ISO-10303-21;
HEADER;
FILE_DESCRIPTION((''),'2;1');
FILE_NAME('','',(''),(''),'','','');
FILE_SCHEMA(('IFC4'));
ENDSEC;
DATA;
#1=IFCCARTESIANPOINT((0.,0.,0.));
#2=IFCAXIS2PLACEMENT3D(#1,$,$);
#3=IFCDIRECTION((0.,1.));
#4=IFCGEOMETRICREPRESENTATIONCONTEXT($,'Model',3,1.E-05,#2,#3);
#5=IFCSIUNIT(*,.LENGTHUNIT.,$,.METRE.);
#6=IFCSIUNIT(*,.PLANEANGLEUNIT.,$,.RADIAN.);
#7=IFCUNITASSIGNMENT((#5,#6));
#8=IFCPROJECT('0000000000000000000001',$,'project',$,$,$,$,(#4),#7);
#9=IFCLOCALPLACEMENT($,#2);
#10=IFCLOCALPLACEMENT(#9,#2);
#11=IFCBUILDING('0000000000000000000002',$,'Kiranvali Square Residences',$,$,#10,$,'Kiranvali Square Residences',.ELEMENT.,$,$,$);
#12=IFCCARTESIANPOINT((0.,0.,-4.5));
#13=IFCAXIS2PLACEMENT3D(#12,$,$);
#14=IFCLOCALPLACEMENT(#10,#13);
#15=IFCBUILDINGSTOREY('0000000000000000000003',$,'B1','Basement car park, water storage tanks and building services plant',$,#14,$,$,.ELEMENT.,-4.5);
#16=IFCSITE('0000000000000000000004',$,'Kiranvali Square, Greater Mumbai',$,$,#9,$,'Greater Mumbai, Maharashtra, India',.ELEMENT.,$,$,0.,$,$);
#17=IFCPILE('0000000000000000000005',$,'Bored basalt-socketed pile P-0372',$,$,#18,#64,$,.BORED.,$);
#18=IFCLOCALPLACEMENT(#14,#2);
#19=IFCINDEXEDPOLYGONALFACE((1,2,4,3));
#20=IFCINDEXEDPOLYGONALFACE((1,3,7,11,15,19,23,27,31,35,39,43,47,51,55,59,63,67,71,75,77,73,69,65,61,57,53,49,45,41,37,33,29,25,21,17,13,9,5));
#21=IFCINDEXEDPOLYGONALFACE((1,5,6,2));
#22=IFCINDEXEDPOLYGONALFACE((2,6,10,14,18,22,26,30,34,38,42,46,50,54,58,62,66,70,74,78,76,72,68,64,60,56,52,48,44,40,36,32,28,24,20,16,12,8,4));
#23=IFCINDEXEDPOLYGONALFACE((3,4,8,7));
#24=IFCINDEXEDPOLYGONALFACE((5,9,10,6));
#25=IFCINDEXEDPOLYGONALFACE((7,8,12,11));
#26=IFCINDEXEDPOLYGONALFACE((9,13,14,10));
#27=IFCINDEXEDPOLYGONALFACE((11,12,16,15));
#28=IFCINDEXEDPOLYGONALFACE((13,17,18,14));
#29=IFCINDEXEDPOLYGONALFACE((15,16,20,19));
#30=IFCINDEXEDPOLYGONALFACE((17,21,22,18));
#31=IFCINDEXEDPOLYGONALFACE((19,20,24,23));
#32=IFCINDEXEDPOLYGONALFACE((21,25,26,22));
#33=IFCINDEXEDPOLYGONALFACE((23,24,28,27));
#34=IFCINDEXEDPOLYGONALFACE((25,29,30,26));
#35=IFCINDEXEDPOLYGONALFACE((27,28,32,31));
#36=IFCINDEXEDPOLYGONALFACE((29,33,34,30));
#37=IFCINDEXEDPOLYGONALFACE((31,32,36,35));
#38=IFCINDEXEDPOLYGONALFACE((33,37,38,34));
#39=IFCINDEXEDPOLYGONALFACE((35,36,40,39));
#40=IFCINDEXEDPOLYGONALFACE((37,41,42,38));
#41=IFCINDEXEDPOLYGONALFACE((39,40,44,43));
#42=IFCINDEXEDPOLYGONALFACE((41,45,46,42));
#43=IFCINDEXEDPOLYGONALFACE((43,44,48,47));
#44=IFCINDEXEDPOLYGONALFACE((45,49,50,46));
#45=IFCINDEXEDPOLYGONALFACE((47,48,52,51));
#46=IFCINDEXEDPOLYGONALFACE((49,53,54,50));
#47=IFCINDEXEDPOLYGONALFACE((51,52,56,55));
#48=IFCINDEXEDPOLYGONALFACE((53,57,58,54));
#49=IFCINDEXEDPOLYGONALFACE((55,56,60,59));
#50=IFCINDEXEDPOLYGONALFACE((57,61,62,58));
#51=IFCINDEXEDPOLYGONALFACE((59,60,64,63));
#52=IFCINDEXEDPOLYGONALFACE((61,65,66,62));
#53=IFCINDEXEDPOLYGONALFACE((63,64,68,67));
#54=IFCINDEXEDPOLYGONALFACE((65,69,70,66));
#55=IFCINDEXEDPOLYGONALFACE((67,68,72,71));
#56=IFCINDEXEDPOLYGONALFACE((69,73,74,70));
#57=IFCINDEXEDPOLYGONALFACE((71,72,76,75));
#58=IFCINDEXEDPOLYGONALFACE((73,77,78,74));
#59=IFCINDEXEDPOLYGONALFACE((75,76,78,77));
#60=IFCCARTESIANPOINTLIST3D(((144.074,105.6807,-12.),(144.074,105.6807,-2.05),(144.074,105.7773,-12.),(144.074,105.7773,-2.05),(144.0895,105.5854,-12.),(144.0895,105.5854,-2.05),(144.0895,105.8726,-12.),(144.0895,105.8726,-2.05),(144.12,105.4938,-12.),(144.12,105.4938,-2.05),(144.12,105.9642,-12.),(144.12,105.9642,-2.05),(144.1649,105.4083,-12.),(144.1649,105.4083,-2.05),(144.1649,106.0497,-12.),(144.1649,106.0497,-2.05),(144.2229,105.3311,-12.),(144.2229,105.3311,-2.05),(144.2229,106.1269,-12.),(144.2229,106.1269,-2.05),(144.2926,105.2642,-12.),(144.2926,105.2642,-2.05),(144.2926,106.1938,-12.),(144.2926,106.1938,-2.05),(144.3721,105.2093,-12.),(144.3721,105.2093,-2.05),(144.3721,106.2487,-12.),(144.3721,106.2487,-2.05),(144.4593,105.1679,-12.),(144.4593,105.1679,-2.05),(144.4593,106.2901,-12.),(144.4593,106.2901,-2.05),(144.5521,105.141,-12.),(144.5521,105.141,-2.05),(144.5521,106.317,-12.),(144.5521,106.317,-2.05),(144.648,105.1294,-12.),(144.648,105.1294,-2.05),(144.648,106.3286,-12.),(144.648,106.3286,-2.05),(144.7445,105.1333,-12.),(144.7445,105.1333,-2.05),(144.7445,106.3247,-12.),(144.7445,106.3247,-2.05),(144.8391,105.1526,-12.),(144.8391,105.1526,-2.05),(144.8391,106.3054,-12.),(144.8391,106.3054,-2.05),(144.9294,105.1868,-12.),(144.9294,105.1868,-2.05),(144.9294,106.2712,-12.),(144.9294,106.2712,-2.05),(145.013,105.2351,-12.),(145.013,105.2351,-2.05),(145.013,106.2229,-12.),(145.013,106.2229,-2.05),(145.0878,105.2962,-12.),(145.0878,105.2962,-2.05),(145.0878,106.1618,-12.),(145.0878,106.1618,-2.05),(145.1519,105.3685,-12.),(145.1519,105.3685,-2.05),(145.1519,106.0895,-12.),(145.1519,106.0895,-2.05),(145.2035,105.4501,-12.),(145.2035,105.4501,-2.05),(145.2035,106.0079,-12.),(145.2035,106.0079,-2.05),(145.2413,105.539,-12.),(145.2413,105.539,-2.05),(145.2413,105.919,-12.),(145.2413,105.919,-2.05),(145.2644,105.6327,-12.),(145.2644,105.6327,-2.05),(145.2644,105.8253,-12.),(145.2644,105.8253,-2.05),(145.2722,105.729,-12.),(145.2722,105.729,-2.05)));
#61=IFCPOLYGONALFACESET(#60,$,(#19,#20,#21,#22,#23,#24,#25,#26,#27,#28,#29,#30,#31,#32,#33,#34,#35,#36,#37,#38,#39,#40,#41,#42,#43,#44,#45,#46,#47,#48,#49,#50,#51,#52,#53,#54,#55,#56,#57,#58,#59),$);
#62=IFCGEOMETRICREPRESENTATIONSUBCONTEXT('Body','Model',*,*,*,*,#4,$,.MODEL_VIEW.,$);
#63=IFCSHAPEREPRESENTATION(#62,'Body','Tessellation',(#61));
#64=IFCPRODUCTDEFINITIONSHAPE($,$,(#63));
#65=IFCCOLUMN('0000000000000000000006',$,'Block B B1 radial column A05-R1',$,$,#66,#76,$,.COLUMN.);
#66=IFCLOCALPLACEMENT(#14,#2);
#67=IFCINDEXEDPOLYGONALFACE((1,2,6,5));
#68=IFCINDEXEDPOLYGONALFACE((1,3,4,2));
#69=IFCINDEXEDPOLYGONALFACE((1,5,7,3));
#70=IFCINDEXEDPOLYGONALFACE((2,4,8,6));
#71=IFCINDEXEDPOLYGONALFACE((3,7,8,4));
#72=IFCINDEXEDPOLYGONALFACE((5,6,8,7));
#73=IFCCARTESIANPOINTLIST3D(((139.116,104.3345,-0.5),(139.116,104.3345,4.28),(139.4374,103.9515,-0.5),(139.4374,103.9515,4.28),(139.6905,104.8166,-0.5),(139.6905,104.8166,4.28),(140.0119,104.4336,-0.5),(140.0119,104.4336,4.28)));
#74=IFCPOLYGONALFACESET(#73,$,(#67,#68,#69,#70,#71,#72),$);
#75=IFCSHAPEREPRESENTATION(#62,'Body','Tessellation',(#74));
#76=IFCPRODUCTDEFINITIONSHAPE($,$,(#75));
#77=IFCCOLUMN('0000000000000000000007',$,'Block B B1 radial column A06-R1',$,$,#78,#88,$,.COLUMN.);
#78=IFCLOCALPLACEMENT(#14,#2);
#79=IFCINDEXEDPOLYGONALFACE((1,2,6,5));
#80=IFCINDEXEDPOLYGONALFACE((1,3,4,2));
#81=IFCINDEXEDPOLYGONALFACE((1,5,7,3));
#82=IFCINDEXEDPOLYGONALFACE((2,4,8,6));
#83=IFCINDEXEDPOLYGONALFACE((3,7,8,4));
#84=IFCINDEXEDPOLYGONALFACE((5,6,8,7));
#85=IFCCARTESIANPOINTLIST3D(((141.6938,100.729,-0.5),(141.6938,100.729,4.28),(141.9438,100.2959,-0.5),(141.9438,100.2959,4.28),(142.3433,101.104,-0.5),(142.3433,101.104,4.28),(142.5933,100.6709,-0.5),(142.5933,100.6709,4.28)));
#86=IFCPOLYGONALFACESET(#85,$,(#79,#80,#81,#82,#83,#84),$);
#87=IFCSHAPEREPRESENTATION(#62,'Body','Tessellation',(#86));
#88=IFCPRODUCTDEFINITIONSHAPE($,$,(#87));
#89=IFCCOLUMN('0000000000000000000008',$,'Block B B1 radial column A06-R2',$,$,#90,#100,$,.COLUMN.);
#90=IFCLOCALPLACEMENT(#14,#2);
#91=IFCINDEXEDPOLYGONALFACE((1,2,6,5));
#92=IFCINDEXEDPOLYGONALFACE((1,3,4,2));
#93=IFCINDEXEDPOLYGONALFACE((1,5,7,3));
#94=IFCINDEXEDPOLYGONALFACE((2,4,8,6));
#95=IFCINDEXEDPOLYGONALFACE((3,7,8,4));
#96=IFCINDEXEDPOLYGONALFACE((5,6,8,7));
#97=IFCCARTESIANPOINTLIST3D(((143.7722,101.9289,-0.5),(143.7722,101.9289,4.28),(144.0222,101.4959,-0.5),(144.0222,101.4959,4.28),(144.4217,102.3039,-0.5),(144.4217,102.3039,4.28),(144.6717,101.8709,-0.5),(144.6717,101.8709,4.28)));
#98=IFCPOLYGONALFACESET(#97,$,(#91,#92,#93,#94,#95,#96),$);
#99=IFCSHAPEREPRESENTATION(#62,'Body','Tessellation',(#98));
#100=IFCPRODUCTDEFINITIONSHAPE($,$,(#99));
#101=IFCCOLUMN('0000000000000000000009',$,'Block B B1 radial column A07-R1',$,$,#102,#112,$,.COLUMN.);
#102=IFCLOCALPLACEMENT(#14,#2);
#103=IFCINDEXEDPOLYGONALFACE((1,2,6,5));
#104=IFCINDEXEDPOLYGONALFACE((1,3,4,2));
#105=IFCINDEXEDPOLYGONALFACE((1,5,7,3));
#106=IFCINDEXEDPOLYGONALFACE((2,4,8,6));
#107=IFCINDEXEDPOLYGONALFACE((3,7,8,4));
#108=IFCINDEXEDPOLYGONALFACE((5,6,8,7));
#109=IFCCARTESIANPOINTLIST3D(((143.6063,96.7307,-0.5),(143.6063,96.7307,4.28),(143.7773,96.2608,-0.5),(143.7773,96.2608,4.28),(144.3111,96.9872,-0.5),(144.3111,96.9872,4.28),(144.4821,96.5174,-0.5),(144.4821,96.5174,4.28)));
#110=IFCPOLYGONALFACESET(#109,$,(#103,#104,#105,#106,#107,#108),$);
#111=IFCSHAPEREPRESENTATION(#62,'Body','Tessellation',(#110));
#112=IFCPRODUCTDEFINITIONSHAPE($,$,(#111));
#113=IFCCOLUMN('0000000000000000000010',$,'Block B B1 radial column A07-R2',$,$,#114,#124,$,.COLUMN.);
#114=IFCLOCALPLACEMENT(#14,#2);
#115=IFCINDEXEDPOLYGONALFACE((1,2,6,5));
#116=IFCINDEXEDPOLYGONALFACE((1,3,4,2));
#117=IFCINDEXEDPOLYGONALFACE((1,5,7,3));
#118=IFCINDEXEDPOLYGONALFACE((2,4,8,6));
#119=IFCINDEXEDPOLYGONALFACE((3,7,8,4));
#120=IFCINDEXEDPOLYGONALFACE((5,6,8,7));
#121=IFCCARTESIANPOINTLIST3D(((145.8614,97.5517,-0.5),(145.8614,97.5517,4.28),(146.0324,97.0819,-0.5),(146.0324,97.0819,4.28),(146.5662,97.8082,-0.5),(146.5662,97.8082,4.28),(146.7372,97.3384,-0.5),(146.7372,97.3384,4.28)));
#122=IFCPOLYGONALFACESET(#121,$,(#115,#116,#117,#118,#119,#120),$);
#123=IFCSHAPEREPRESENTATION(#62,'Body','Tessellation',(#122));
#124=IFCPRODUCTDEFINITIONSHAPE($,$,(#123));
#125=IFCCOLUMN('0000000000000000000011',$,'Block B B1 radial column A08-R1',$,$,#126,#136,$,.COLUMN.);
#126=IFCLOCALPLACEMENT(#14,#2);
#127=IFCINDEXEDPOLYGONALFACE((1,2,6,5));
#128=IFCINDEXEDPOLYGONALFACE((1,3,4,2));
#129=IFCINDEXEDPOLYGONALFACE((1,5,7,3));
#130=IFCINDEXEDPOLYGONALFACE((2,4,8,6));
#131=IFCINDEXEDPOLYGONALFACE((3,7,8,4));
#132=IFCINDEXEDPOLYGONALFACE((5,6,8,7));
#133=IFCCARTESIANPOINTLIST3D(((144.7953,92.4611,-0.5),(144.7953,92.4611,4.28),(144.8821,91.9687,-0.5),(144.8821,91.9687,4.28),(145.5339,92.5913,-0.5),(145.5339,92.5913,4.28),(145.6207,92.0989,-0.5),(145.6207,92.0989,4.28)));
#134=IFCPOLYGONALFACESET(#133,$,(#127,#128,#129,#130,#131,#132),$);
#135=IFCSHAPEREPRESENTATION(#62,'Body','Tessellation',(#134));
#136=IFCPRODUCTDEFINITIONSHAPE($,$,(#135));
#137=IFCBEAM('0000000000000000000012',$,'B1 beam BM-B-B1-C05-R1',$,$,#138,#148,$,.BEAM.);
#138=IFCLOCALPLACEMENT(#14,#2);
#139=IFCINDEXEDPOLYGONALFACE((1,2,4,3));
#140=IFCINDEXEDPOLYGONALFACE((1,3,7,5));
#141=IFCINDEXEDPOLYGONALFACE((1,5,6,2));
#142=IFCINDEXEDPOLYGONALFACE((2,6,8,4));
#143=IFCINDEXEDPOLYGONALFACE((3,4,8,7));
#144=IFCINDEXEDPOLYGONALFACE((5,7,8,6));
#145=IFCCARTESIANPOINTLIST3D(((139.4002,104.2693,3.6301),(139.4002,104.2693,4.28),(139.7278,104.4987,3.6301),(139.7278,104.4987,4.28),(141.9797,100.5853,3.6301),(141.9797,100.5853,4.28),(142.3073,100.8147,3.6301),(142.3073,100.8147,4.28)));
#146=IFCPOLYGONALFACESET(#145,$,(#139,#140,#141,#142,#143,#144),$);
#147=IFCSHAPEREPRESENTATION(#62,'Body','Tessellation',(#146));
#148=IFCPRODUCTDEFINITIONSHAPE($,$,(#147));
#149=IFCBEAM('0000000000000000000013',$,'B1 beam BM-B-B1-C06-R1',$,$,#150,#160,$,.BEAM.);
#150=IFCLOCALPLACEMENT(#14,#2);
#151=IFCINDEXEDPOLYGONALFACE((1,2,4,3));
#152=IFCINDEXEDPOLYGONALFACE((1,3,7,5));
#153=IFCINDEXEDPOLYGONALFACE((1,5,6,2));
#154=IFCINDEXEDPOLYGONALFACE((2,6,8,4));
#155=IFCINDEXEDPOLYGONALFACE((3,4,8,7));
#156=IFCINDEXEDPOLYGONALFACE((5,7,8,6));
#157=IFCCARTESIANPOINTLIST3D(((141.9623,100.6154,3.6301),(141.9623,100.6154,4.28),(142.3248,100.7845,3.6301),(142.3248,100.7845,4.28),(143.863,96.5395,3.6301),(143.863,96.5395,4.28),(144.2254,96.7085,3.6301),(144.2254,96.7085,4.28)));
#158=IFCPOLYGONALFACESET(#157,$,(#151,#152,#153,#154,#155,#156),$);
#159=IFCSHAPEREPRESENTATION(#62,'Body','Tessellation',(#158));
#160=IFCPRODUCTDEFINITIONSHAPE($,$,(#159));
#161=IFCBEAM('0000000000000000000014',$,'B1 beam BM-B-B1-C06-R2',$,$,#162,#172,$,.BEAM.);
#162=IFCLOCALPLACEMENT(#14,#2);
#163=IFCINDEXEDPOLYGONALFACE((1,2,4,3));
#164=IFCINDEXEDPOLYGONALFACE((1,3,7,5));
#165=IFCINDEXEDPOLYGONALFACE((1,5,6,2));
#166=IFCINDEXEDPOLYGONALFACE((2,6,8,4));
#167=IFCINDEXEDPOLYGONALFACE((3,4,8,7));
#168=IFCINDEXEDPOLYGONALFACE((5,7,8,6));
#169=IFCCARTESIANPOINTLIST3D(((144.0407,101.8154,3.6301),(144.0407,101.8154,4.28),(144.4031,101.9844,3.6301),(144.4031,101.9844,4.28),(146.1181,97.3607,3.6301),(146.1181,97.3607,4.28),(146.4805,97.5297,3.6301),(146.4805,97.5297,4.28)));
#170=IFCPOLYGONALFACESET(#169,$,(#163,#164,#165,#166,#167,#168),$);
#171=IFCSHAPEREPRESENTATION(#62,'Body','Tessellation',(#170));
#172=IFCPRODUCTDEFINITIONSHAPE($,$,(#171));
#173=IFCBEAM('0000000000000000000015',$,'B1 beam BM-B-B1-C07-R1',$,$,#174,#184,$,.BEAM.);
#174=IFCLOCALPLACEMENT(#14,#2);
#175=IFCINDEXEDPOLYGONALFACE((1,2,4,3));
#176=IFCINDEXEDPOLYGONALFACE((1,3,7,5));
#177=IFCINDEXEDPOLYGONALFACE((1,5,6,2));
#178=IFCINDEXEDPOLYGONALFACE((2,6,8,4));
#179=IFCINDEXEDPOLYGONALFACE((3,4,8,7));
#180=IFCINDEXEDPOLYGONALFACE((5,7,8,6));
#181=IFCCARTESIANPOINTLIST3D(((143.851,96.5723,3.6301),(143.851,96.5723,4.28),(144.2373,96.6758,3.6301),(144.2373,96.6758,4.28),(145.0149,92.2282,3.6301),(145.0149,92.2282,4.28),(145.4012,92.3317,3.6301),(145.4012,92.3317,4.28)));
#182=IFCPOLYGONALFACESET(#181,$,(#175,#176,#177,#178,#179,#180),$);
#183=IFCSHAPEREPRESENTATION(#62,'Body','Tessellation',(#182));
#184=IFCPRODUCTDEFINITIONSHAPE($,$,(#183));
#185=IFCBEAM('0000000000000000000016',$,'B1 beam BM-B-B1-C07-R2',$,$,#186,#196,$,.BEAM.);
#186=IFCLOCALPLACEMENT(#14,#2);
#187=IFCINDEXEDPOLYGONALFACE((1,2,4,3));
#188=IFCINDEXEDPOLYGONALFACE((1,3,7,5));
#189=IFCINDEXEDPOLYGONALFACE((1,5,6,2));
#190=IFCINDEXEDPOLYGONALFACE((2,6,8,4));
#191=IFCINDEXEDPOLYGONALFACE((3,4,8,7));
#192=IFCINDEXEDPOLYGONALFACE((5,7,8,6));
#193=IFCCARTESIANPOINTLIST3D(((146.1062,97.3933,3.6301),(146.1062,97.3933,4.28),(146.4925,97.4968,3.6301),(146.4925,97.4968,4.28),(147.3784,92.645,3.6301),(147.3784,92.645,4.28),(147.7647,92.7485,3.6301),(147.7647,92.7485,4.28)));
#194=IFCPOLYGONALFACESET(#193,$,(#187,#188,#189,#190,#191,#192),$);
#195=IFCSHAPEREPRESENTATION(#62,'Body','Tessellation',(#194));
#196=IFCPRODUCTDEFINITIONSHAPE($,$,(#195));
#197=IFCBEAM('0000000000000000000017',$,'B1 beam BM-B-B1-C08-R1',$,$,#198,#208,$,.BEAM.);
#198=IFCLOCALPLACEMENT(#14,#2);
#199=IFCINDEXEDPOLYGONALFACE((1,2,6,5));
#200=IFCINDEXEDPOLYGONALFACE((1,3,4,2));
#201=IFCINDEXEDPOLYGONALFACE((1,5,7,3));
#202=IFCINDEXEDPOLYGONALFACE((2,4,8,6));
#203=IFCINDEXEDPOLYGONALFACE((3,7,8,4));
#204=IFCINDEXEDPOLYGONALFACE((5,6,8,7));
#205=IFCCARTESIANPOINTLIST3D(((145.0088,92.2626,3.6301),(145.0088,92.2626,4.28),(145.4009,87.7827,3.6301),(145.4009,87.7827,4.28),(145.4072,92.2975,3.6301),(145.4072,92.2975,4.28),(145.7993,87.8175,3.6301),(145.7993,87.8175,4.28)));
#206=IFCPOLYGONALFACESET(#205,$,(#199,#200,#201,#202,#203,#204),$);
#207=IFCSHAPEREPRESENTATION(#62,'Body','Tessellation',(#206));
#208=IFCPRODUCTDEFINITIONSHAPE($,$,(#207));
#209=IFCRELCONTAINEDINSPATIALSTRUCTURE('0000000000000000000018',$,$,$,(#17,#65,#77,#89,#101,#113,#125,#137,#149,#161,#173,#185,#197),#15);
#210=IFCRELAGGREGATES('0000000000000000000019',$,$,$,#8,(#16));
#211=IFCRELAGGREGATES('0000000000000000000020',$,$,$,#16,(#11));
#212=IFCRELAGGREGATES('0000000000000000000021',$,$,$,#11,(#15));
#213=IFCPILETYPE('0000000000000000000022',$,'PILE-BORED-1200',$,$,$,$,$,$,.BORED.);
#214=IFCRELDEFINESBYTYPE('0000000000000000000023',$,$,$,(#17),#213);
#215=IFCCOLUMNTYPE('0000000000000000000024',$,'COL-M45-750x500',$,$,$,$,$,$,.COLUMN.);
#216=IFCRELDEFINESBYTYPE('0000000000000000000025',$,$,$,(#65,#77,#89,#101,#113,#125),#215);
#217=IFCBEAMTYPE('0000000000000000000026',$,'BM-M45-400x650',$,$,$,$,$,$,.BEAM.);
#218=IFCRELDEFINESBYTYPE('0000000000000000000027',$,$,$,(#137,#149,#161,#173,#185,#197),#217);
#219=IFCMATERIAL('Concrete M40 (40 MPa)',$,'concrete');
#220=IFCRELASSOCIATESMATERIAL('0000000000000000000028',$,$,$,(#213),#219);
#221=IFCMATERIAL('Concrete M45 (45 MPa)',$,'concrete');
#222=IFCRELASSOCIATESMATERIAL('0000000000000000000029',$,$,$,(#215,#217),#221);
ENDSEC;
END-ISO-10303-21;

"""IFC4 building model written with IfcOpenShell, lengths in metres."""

from ifc_helpers import new_model, si_unit, direction, frame, origin, origin_2d, place, context, subcontext, project, spatial, rectangle, circle, extrude, material, material_profile, profile_set, type_object, element, save


model = new_model("IFC4")

# Units and contexts
model_context = context("Model", 3, precision=1e-05, world=origin(), true_north=direction((0.0, 1.0)))
body_context = subcontext(model_context, "Body", "Model", "MODEL_VIEW")
ifc_project = project(units=[si_unit("LENGTHUNIT", "METRE"), si_unit("PLANEANGLEUNIT", "RADIAN")], contexts=[model_context])

# Site, building, storey
site_placement = place(None, origin())
site = spatial("IfcSite", under=ifc_project, at=site_placement, Name="Kiranvali Square, Greater Mumbai", LongName="Greater Mumbai, Maharashtra, India", CompositionType="ELEMENT", RefElevation=0.0)
building_placement = place(site_placement, origin())
building = spatial("IfcBuilding", under=site, at=building_placement, Name="Kiranvali Square Residences", LongName="Kiranvali Square Residences", CompositionType="ELEMENT")
storey_placement = place(building_placement, frame((0.0, 0.0, -4.5)))
storey = spatial("IfcBuildingStorey", under=building, at=storey_placement, Name="B1", Description="Basement car park, water storage tanks and building services plant", CompositionType="ELEMENT", Elevation=-4.5)

# Shared definitions
ifc_material_1 = material(Name="Concrete M40 (40 MPa)", Category="concrete")

# Pile
ifc_material_profile_1 = material_profile(ifc_material_1, circle(Radius=0.6001, at=origin_2d()), Name="BORED PILE 1200")
ifc_profile_set_1 = profile_set([ifc_material_profile_1], Name="Concrete M40 (40 MPa)")
pile_type = type_object("IfcPileType", Name="PILE-BORED-1200", PredefinedType="BORED", material=ifc_profile_set_1)
for number, where, z_axis, x_axis, name in (
    (1, (144.6721, 105.729, -2.05), (0.0, 0.0, -1.0), (1.0, 0.0, 0.0), "Bored basalt-socketed pile P-0372"),
):
    element("IfcPile", number, at=place(storey_placement, frame(where, z_axis=z_axis, x_axis=x_axis)), inside=storey, type_object=pile_type, Name=name, PredefinedType="BORED", context=body_context, shape_type="SweptSolid", body=[
        extrude(circle(Radius=0.6001, at=origin_2d()), origin(), (0.0, 0.0, 1.0), 9.95),
    ])

# Columns
ifc_material_2 = material(Name="Concrete M45 (45 MPa)", Category="concrete")
ifc_material_profile_2 = material_profile(ifc_material_2, rectangle(XDim=0.5, YDim=0.75, at=origin_2d()), Name="RC 750x500")
ifc_profile_set_2 = profile_set([ifc_material_profile_2], Name="Concrete M45 (45 MPa)")
column_type = type_object("IfcColumnType", Name="COL-M45-750x500", PredefinedType="COLUMN", material=ifc_profile_set_2)
for number, where, z_axis, x_axis, name in (
    (2, (139.564, 104.384, -0.5), (0.0, 0.0, 1.0), (-0.642788, 0.766044, 0.0), "Block B B1 radial column A05-R1"),
    (3, (142.1436, 100.7, -0.5), (0.0, 0.0, 1.0), (-0.5, 0.866025, 0.0), "Block B B1 radial column A06-R1"),
    (4, (144.2219, 101.8999, -0.5), (0.0, 0.0, 1.0), (-0.5, 0.866025, 0.0), "Block B B1 radial column A06-R2"),
    (5, (144.0442, 96.624, -0.5), (0.0, 0.0, 1.0), (-0.34202, 0.939693, 0.0), "Block B B1 radial column A07-R1"),
    (6, (146.2993, 97.4451, -0.5), (0.0, 0.0, 1.0), (-0.34202, 0.939693, 0.0), "Block B B1 radial column A07-R2"),
    (7, (145.208, 92.28, -0.5), (0.0, 0.0, 1.0), (-0.173648, 0.984808, 0.0), "Block B B1 radial column A08-R1"),
):
    element("IfcColumn", number, at=place(storey_placement, frame(where, z_axis=z_axis, x_axis=x_axis)), inside=storey, type_object=column_type, Name=name, PredefinedType="COLUMN", context=body_context, shape_type="SweptSolid", body=[
        extrude(rectangle(XDim=0.5, YDim=0.75, at=origin_2d()), origin(), (0.0, 0.0, 1.0), 4.78),
    ])

# Beams
ifc_material_profile_3 = material_profile(ifc_material_2, rectangle(XDim=0.3999, YDim=0.6499, at=origin_2d()), Name="RC 400x650")
ifc_profile_set_3 = profile_set([ifc_material_profile_3], Name="Concrete M45 (45 MPa)")
beam_type = type_object("IfcBeamType", Name="BM-M45-400x650", PredefinedType="BEAM", material=ifc_profile_set_3)
for number, where, z_axis, x_axis, name in (
    (8, (139.564, 104.384, 3.9551), (0.573572, -0.819155, 0.0), (0.819155, 0.573572, 0.0), "B1 beam BM-B-B1-C05-R1"),
    (9, (142.1436, 100.7, 3.9551), (0.422618, -0.906308, 0.0), (0.906308, 0.422618, 0.0), "B1 beam BM-B-B1-C06-R1"),
):
    element("IfcBeam", number, at=place(storey_placement, frame(where, z_axis=z_axis, x_axis=x_axis)), inside=storey, type_object=beam_type, Name=name, PredefinedType="BEAM", context=body_context, shape_type="SweptSolid", body=[
        extrude(rectangle(XDim=0.3999, YDim=0.6499, at=origin_2d()), origin(), (0.0, 0.0, 1.0), 4.4973),
    ])
beam_1_placement = place(storey_placement, frame((144.2219, 101.8999, 3.9551), z_axis=(0.42263, -0.906302, 0.0), x_axis=(0.906302, 0.42263, 0.0)))
element("IfcBeam", 10, at=beam_1_placement, inside=storey, type_object=beam_type, Name="B1 beam BM-B-B1-C06-R2", PredefinedType="BEAM", context=body_context, shape_type="SweptSolid", body=[
    extrude(rectangle(XDim=0.3999, YDim=0.6499, at=origin_2d()), origin(), (0.0, 0.0, 1.0), 4.9153),
])
beam_2_placement = place(storey_placement, frame((144.0442, 96.624, 3.9551), z_axis=(0.258788, -0.965934, 0.0), x_axis=(0.965934, 0.258788, 0.0)))
element("IfcBeam", 11, at=beam_2_placement, inside=storey, type_object=beam_type, Name="B1 beam BM-B-B1-C07-R1", PredefinedType="BEAM", context=body_context, shape_type="SweptSolid", body=[
    extrude(rectangle(XDim=0.3999, YDim=0.6499, at=origin_2d()), origin(), (0.0, 0.0, 1.0), 4.4973),
])
beam_3_placement = place(storey_placement, frame((146.2993, 97.4451, 3.9551), z_axis=(0.258803, -0.96593, 0.0), x_axis=(0.96593, 0.258803, 0.0)))
element("IfcBeam", 12, at=beam_3_placement, inside=storey, type_object=beam_type, Name="B1 beam BM-B-B1-C07-R2", PredefinedType="BEAM", context=body_context, shape_type="SweptSolid", body=[
    extrude(rectangle(XDim=0.3999, YDim=0.6499, at=origin_2d()), origin(), (0.0, 0.0, 1.0), 4.9158),
])
beam_4_placement = place(storey_placement, frame((145.208, 92.28, 3.9551), z_axis=(0.087187, -0.996192, 0.0), x_axis=(0.996192, 0.087187, 0.0)))
element("IfcBeam", 13, at=beam_4_placement, inside=storey, type_object=beam_type, Name="B1 beam BM-B-B1-C08-R1", PredefinedType="BEAM", context=body_context, shape_type="SweptSolid", body=[
    extrude(rectangle(XDim=0.3999, YDim=0.6499, at=origin_2d()), origin(), (0.0, 0.0, 1.0), 4.4971),
])

save(model, "model.ifc")
